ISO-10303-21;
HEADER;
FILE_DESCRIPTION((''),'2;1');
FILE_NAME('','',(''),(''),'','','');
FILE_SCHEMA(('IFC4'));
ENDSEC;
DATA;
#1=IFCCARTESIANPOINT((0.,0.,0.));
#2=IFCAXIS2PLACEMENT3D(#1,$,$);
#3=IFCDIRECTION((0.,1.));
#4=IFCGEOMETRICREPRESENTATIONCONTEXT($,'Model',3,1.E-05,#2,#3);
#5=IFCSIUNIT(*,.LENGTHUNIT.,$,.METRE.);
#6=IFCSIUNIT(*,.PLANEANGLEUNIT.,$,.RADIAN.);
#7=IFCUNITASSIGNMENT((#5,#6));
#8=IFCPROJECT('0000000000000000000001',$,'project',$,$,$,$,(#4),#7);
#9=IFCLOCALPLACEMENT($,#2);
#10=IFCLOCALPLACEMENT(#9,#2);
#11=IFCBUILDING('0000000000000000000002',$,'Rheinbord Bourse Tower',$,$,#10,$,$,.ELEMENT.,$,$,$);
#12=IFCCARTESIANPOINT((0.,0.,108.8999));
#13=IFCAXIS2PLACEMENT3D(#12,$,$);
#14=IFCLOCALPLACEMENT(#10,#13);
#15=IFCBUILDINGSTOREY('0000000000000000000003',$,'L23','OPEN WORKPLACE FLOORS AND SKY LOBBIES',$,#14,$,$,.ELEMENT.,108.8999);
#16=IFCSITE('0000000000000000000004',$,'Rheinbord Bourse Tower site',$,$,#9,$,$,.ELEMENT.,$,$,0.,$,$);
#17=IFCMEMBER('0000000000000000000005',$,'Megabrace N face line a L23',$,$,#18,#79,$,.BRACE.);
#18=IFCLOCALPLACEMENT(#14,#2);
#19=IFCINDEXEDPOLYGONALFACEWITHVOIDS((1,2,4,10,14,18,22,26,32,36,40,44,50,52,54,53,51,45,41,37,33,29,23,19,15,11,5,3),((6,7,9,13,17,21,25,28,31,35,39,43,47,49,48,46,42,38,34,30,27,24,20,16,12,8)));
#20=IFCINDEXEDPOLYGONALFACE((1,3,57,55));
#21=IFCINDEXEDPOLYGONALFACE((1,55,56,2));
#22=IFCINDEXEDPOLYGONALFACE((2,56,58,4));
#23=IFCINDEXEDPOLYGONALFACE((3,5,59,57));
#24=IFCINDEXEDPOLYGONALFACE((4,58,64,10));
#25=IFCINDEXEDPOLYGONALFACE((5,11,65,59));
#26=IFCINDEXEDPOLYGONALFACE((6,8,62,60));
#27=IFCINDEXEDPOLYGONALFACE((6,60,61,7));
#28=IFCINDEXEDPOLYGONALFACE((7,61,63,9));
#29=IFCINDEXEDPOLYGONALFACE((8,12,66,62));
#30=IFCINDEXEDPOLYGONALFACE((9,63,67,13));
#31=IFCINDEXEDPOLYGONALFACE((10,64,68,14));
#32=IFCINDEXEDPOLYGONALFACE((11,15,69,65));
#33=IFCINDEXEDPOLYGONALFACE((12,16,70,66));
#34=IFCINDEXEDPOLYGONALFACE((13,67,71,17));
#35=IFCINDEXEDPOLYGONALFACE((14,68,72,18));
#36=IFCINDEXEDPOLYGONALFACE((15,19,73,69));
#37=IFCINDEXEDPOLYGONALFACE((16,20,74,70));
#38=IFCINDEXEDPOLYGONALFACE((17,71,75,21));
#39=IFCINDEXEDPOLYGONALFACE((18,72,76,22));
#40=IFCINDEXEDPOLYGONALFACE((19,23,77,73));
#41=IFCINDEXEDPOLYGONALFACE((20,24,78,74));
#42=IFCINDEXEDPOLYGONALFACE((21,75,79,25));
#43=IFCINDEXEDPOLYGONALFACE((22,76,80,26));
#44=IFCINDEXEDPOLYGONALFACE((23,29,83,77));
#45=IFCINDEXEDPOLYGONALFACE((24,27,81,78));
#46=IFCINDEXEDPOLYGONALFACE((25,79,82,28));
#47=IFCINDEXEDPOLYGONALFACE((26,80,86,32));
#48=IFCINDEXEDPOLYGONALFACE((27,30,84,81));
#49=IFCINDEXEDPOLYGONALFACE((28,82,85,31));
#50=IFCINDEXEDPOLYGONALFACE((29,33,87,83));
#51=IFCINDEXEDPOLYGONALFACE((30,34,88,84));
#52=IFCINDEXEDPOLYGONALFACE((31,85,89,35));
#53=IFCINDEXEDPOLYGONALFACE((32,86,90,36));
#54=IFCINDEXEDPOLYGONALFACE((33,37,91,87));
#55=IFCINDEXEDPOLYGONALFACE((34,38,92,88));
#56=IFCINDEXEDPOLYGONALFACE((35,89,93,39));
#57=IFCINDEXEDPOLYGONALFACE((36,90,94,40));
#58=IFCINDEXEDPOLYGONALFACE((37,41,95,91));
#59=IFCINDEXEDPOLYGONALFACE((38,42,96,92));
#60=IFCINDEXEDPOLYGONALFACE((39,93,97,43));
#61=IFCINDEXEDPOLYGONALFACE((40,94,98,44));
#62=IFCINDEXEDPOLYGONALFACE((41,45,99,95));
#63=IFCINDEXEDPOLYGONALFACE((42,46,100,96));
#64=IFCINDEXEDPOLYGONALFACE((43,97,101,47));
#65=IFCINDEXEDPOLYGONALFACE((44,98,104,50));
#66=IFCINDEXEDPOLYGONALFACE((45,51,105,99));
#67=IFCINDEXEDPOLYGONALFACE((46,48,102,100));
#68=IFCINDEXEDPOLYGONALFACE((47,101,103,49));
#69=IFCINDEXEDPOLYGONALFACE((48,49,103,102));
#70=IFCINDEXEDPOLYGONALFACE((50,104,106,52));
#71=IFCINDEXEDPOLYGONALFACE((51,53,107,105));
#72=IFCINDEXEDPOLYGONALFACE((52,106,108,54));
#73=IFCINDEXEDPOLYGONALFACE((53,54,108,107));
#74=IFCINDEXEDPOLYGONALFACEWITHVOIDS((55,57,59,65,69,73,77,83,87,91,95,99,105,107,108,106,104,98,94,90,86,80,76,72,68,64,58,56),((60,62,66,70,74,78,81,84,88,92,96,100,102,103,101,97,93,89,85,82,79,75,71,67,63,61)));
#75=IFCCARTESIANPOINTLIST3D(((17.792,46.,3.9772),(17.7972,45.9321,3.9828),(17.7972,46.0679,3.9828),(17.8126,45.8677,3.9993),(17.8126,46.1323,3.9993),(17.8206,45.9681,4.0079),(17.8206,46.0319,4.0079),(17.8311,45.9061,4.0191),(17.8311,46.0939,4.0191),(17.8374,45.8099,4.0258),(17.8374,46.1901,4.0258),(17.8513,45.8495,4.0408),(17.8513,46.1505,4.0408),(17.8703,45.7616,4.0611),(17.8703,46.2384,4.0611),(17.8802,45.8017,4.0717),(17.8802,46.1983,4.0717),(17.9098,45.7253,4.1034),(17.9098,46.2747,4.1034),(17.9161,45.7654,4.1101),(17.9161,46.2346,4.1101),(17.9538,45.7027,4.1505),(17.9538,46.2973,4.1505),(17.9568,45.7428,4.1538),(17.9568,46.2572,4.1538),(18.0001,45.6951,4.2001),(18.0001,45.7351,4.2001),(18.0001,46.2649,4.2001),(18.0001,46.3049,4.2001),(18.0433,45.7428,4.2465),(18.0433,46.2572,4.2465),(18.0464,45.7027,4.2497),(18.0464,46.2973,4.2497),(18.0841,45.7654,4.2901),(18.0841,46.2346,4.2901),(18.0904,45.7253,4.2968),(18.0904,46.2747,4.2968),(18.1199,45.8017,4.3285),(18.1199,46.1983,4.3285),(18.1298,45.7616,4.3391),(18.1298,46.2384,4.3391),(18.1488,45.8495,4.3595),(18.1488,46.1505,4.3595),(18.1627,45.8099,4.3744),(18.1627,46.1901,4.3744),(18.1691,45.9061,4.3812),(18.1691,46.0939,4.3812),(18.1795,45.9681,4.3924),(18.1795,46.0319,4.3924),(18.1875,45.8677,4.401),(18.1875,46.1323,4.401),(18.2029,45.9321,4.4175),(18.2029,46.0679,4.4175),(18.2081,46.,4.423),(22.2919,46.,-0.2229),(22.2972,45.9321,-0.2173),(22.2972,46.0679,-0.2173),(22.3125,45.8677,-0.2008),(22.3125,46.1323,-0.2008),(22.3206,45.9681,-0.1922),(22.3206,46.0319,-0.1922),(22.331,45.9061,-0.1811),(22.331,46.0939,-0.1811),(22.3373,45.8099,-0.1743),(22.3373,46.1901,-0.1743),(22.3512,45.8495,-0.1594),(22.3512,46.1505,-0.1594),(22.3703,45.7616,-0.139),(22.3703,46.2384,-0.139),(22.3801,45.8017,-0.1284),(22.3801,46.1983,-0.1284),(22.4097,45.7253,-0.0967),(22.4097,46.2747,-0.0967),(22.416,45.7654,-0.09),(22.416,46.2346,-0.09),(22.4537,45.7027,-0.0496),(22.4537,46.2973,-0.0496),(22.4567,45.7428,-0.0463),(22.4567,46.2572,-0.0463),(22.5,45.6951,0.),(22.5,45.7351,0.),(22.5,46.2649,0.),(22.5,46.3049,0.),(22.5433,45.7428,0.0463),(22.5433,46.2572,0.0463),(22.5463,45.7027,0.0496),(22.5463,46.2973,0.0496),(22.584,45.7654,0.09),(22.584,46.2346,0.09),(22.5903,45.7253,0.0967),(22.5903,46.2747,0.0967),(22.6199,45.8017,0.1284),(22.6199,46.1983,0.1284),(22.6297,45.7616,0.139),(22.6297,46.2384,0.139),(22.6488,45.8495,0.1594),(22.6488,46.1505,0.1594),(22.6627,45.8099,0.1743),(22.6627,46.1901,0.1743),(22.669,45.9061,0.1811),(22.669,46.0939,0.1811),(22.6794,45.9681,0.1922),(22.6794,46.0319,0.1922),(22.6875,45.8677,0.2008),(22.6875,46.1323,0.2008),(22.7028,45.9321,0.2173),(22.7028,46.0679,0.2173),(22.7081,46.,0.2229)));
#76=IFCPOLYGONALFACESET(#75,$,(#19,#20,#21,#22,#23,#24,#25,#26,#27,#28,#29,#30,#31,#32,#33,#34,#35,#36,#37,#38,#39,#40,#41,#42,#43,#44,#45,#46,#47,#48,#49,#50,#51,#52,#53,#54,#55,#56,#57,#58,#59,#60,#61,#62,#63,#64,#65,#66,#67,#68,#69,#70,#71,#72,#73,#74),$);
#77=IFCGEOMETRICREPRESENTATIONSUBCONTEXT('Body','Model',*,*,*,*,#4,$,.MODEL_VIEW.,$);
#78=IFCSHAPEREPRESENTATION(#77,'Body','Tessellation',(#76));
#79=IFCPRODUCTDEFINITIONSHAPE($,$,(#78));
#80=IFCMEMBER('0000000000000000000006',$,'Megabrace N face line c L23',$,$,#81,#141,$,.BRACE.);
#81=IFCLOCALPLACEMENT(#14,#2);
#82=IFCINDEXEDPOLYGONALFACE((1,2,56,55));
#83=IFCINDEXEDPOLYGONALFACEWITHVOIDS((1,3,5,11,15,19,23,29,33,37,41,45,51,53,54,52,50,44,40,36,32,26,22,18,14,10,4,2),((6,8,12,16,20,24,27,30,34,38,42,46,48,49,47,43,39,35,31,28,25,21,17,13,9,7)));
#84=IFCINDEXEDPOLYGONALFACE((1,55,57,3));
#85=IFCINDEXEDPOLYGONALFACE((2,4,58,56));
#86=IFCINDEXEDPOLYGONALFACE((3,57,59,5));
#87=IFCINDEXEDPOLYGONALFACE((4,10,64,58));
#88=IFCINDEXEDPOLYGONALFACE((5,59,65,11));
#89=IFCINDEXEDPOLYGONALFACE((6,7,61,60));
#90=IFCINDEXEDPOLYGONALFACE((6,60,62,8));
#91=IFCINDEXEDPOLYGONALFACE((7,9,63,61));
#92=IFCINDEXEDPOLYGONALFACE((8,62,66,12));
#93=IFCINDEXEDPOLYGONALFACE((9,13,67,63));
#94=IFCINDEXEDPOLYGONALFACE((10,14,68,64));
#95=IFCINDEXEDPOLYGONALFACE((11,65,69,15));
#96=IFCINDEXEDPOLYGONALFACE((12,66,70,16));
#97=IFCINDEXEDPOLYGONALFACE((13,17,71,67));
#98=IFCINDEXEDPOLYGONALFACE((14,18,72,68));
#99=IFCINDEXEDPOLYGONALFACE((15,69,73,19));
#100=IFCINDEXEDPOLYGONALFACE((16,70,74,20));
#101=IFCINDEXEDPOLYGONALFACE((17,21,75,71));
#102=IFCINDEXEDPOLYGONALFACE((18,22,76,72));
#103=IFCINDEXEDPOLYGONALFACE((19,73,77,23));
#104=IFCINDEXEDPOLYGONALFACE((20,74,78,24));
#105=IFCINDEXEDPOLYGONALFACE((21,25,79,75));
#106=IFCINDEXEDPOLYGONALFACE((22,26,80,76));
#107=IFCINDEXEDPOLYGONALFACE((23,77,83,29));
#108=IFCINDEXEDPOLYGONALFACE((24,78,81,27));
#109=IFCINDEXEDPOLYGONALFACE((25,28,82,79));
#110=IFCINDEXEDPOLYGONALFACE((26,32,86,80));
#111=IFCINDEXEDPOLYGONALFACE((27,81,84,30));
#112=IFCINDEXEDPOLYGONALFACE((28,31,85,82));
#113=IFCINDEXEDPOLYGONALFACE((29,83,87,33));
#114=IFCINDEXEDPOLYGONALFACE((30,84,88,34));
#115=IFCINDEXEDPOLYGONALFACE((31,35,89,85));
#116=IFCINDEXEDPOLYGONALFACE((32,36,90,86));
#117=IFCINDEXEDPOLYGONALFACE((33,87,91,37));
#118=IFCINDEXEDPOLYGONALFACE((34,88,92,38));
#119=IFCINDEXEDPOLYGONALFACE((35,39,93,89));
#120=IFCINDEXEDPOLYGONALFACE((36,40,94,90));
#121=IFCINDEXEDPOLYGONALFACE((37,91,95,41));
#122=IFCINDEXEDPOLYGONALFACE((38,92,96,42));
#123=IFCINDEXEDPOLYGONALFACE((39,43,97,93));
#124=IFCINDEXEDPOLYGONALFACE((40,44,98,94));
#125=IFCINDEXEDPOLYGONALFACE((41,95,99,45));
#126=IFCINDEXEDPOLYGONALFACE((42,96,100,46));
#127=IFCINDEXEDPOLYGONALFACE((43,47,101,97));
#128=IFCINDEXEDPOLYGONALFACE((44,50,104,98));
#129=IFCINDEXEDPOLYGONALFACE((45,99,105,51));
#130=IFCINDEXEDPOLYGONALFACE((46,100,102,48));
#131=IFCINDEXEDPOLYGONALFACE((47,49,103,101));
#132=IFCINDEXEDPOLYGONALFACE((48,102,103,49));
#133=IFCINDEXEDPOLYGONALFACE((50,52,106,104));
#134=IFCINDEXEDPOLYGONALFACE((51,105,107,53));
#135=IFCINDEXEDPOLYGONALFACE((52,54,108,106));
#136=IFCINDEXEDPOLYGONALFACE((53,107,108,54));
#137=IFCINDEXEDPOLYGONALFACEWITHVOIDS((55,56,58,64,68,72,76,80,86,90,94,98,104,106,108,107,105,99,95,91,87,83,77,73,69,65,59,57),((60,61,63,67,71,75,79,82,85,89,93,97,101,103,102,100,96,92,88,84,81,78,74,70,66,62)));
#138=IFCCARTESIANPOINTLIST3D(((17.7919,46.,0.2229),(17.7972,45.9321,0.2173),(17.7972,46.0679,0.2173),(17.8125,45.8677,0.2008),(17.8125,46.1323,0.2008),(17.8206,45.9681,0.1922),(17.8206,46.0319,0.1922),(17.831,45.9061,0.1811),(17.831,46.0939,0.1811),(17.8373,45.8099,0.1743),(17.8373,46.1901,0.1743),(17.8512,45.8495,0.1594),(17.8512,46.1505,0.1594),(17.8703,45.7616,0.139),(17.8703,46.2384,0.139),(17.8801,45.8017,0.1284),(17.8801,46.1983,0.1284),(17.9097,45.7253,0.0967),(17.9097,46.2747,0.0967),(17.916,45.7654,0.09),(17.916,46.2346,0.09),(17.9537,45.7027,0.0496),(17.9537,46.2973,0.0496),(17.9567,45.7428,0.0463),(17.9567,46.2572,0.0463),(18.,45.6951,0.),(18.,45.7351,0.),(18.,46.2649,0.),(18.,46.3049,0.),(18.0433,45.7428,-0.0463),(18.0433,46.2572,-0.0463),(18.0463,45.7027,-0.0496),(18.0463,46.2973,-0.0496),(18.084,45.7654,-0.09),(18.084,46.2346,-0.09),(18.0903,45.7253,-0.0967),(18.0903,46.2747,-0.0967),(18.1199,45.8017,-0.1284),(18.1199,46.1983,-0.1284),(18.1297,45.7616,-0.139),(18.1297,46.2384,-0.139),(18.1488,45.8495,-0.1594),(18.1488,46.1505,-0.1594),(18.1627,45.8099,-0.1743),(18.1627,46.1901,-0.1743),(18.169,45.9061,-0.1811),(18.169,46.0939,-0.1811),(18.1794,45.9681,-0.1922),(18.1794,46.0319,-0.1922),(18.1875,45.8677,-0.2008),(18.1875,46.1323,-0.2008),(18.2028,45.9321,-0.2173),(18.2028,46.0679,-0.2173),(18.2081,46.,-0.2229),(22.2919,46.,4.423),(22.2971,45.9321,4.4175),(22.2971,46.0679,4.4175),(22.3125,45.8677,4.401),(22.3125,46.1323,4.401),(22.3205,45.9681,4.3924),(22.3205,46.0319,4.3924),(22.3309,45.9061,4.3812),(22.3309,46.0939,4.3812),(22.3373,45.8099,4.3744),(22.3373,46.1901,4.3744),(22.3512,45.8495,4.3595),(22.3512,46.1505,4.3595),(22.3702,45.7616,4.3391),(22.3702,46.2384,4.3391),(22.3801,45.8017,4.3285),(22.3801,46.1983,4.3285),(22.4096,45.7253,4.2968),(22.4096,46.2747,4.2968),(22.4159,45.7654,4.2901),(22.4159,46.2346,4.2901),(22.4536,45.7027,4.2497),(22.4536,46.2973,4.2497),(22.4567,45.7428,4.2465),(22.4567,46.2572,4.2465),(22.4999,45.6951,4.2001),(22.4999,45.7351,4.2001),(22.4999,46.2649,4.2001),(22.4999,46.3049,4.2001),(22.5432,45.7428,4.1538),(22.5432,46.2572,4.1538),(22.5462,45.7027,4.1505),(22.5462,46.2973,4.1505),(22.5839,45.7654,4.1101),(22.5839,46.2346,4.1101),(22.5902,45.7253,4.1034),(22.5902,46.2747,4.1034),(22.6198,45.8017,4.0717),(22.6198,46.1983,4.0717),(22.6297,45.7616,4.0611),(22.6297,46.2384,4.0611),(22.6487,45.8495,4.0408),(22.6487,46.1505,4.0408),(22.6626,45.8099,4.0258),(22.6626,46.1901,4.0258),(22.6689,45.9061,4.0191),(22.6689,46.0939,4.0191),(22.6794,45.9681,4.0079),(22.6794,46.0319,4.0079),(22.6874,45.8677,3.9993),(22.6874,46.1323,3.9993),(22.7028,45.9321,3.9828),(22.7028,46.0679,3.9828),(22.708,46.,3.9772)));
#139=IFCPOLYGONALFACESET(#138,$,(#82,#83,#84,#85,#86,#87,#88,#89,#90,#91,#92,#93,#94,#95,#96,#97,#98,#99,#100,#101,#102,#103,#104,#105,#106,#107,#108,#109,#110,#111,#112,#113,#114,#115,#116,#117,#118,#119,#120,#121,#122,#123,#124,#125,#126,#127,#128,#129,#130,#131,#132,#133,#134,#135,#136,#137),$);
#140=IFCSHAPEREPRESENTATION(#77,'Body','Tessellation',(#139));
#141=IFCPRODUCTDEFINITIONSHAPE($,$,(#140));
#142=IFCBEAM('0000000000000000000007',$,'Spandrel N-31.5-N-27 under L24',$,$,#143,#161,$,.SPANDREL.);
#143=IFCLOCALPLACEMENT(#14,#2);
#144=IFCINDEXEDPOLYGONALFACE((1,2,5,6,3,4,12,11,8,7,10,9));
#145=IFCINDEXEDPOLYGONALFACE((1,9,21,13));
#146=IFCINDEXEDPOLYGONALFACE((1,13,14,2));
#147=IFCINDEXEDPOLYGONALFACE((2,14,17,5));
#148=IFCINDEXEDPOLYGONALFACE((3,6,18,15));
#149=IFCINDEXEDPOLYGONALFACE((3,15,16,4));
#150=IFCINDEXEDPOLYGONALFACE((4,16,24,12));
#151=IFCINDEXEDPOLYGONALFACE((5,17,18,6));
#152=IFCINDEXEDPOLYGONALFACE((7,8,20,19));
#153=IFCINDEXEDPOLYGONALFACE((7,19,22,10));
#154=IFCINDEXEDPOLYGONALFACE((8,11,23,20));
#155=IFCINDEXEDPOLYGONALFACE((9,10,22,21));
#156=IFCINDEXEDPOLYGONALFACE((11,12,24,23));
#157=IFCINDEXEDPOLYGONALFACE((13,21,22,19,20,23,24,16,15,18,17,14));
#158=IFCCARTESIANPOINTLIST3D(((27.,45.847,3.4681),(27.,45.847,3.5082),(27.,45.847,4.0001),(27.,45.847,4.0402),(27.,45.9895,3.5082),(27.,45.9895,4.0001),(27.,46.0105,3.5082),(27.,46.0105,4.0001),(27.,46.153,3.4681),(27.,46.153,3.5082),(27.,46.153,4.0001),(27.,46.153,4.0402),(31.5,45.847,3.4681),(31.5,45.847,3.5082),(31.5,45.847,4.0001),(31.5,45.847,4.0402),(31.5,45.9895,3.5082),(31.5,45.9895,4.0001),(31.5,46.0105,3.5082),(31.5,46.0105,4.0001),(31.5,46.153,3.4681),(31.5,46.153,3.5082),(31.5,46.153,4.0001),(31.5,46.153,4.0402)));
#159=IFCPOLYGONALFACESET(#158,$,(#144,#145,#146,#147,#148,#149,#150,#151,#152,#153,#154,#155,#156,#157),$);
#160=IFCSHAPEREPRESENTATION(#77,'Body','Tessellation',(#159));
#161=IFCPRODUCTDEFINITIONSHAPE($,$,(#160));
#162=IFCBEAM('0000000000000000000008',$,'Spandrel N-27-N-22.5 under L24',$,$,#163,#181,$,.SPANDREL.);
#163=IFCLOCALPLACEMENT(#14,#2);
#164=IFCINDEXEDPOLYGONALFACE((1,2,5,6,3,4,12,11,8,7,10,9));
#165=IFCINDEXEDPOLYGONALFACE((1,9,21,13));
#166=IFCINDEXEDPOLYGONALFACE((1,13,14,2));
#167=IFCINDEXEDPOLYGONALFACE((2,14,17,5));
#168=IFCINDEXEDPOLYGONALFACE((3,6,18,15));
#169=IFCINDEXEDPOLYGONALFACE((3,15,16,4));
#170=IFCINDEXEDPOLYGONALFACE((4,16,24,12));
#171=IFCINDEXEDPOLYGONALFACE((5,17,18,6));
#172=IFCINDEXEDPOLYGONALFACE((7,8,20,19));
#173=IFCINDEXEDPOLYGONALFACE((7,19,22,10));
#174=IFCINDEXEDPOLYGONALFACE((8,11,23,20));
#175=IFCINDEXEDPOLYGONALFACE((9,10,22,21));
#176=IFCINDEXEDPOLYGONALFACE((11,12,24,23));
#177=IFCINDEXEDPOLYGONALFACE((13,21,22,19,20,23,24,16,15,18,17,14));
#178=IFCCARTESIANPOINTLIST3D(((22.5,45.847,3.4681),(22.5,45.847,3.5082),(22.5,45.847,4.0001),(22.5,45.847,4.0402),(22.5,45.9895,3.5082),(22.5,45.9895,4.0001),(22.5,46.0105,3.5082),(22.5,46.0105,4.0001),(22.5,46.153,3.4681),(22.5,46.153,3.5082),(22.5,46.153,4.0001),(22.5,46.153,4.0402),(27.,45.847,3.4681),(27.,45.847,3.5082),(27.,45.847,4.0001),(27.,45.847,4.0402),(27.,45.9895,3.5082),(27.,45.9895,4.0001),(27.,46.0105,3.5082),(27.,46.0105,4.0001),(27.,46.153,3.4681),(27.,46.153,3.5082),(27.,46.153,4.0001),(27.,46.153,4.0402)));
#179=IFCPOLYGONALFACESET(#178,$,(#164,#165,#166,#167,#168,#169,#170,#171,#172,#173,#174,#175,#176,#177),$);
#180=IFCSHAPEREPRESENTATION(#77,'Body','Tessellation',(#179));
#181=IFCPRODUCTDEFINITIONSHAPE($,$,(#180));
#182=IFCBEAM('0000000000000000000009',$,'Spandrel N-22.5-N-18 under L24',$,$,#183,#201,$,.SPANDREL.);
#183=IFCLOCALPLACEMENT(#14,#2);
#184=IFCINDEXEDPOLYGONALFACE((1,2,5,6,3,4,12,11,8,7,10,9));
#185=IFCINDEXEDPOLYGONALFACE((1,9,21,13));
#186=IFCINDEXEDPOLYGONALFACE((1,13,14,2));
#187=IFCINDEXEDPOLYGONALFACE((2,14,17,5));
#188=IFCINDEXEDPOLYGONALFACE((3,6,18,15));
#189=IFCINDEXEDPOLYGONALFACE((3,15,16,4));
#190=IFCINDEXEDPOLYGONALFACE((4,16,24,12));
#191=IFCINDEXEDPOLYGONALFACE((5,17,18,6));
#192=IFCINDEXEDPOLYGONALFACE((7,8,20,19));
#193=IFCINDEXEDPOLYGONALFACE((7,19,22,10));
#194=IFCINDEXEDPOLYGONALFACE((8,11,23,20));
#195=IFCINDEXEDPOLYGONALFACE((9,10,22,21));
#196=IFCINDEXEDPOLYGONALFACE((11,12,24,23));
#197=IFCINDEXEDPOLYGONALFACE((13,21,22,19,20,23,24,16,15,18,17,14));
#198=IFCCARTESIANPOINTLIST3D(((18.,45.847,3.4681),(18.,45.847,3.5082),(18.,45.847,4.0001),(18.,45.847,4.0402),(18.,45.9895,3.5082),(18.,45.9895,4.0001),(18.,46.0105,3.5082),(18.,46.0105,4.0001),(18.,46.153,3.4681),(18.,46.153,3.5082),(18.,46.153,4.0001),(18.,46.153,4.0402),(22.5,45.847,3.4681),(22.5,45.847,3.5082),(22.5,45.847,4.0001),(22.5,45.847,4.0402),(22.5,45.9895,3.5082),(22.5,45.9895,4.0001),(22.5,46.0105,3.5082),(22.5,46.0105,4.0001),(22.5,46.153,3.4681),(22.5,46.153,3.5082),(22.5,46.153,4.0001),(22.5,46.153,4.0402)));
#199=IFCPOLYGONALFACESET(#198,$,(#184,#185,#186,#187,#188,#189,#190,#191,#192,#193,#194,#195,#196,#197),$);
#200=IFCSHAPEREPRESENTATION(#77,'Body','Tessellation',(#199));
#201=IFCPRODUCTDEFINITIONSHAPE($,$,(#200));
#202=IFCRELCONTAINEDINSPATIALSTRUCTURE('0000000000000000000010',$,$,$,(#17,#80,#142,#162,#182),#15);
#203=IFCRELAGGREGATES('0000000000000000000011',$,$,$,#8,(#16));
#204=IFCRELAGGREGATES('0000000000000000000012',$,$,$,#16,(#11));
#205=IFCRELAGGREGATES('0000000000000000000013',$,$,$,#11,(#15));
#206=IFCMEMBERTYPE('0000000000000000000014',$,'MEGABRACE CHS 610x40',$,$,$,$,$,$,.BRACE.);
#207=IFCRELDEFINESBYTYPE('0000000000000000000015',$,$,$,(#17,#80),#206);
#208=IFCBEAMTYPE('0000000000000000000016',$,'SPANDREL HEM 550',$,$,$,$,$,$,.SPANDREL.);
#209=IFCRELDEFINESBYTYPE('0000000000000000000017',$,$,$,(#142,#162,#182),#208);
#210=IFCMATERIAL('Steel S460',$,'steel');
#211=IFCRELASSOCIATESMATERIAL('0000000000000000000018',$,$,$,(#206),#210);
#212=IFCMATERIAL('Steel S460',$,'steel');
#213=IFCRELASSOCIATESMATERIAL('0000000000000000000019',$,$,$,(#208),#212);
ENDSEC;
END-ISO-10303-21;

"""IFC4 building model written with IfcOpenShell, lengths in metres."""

from ifc_helpers import new_model, si_unit, direction, frame, origin, origin_2d, place, context, subcontext, project, spatial, hollow_circle, i_section, extrude, material, material_profile, profile_set, type_object, element, save


model = new_model("IFC4")

# Units and contexts
model_context = context("Model", 3, precision=1e-05, world=origin(), true_north=direction((0.0, 1.0)))
body_context = subcontext(model_context, "Body", "Model", "MODEL_VIEW")
ifc_project = project(units=[si_unit("LENGTHUNIT", "METRE"), si_unit("PLANEANGLEUNIT", "RADIAN")], contexts=[model_context])

# Site, building, storey
site_placement = place(None, origin())
site = spatial("IfcSite", under=ifc_project, at=site_placement, Name="Rheinbord Bourse Tower site", CompositionType="ELEMENT", RefElevation=0.0)
building_placement = place(site_placement, origin())
building = spatial("IfcBuilding", under=site, at=building_placement, Name="Rheinbord Bourse Tower", CompositionType="ELEMENT")
storey_placement = place(building_placement, frame((0.0, 0.0, 108.8999)))
storey = spatial("IfcBuildingStorey", under=building, at=storey_placement, Name="L23", Description="OPEN WORKPLACE FLOORS AND SKY LOBBIES", CompositionType="ELEMENT", Elevation=108.8999)

# Members
ifc_material_1 = material(Name="Steel S460", Category="steel")
ifc_material_profile_1 = material_profile(ifc_material_1, hollow_circle(Radius=0.3049, WallThickness=0.04, at=origin_2d()), Name="CHS 610x40")
ifc_profile_set_1 = profile_set([ifc_material_profile_1], Name="Steel S460")
member_type_1 = type_object("IfcMemberType", Name="MEGABRACE CHS 610x40", PredefinedType="BRACE", material=ifc_profile_set_1)
for number, where, z_axis, x_axis, name in (
    (1, (22.5, 46.0, 0.0), (-0.731039, 0.0, 0.682335), (0.0, -1.0, 0.0), "Megabrace N face line a L23"),
    (2, (18.0, 46.0, 0.0), (0.731039, 0.0, 0.682335), (0.0, 1.0, 0.0), "Megabrace N face line c L23"),
):
    element("IfcMember", number, at=place(storey_placement, frame(where, z_axis=z_axis, x_axis=x_axis)), inside=storey, type_object=member_type_1, Name=name, PredefinedType="BRACE", context=body_context, shape_type="SweptSolid", body=[
        extrude(hollow_circle(Radius=0.3049, WallThickness=0.04, at=origin_2d()), origin(), (0.0, 0.0, 1.0), 6.1555),
    ])

# Beams
ifc_material_2 = material(Name="Steel S460", Category="steel")
ifc_material_profile_2 = material_profile(ifc_material_2, i_section(OverallWidth=0.3059, OverallDepth=0.572, WebThickness=0.021, FlangeThickness=0.04, at=origin_2d()), Name="HEM 550")
ifc_profile_set_2 = profile_set([ifc_material_profile_2], Name="Steel S460")
beam_type_1 = type_object("IfcBeamType", Name="SPANDREL HEM 550", PredefinedType="SPANDREL", material=ifc_profile_set_2)
for number, where, z_axis, x_axis, name in (
    (3, (31.5, 46.0, 3.7542), (-1.0, 0.0, 0.0), (0.0, -1.0, 0.0), "Spandrel N-31.5-N-27 under L24"),
    (4, (27.0, 46.0, 3.7542), (-1.0, 0.0, 0.0), (0.0, -1.0, 0.0), "Spandrel N-27-N-22.5 under L24"),
    (5, (22.5, 46.0, 3.7542), (-1.0, 0.0, 0.0), (0.0, -1.0, 0.0), "Spandrel N-22.5-N-18 under L24"),
):
    element("IfcBeam", number, at=place(storey_placement, frame(where, z_axis=z_axis, x_axis=x_axis)), inside=storey, type_object=beam_type_1, Name=name, PredefinedType="SPANDREL", context=body_context, shape_type="SweptSolid", body=[
        extrude(i_section(OverallWidth=0.3059, OverallDepth=0.572, WebThickness=0.021, FlangeThickness=0.04, at=origin_2d()), origin(), (0.0, 0.0, 1.0), 4.5),
    ])

save(model, "model.ifc")
